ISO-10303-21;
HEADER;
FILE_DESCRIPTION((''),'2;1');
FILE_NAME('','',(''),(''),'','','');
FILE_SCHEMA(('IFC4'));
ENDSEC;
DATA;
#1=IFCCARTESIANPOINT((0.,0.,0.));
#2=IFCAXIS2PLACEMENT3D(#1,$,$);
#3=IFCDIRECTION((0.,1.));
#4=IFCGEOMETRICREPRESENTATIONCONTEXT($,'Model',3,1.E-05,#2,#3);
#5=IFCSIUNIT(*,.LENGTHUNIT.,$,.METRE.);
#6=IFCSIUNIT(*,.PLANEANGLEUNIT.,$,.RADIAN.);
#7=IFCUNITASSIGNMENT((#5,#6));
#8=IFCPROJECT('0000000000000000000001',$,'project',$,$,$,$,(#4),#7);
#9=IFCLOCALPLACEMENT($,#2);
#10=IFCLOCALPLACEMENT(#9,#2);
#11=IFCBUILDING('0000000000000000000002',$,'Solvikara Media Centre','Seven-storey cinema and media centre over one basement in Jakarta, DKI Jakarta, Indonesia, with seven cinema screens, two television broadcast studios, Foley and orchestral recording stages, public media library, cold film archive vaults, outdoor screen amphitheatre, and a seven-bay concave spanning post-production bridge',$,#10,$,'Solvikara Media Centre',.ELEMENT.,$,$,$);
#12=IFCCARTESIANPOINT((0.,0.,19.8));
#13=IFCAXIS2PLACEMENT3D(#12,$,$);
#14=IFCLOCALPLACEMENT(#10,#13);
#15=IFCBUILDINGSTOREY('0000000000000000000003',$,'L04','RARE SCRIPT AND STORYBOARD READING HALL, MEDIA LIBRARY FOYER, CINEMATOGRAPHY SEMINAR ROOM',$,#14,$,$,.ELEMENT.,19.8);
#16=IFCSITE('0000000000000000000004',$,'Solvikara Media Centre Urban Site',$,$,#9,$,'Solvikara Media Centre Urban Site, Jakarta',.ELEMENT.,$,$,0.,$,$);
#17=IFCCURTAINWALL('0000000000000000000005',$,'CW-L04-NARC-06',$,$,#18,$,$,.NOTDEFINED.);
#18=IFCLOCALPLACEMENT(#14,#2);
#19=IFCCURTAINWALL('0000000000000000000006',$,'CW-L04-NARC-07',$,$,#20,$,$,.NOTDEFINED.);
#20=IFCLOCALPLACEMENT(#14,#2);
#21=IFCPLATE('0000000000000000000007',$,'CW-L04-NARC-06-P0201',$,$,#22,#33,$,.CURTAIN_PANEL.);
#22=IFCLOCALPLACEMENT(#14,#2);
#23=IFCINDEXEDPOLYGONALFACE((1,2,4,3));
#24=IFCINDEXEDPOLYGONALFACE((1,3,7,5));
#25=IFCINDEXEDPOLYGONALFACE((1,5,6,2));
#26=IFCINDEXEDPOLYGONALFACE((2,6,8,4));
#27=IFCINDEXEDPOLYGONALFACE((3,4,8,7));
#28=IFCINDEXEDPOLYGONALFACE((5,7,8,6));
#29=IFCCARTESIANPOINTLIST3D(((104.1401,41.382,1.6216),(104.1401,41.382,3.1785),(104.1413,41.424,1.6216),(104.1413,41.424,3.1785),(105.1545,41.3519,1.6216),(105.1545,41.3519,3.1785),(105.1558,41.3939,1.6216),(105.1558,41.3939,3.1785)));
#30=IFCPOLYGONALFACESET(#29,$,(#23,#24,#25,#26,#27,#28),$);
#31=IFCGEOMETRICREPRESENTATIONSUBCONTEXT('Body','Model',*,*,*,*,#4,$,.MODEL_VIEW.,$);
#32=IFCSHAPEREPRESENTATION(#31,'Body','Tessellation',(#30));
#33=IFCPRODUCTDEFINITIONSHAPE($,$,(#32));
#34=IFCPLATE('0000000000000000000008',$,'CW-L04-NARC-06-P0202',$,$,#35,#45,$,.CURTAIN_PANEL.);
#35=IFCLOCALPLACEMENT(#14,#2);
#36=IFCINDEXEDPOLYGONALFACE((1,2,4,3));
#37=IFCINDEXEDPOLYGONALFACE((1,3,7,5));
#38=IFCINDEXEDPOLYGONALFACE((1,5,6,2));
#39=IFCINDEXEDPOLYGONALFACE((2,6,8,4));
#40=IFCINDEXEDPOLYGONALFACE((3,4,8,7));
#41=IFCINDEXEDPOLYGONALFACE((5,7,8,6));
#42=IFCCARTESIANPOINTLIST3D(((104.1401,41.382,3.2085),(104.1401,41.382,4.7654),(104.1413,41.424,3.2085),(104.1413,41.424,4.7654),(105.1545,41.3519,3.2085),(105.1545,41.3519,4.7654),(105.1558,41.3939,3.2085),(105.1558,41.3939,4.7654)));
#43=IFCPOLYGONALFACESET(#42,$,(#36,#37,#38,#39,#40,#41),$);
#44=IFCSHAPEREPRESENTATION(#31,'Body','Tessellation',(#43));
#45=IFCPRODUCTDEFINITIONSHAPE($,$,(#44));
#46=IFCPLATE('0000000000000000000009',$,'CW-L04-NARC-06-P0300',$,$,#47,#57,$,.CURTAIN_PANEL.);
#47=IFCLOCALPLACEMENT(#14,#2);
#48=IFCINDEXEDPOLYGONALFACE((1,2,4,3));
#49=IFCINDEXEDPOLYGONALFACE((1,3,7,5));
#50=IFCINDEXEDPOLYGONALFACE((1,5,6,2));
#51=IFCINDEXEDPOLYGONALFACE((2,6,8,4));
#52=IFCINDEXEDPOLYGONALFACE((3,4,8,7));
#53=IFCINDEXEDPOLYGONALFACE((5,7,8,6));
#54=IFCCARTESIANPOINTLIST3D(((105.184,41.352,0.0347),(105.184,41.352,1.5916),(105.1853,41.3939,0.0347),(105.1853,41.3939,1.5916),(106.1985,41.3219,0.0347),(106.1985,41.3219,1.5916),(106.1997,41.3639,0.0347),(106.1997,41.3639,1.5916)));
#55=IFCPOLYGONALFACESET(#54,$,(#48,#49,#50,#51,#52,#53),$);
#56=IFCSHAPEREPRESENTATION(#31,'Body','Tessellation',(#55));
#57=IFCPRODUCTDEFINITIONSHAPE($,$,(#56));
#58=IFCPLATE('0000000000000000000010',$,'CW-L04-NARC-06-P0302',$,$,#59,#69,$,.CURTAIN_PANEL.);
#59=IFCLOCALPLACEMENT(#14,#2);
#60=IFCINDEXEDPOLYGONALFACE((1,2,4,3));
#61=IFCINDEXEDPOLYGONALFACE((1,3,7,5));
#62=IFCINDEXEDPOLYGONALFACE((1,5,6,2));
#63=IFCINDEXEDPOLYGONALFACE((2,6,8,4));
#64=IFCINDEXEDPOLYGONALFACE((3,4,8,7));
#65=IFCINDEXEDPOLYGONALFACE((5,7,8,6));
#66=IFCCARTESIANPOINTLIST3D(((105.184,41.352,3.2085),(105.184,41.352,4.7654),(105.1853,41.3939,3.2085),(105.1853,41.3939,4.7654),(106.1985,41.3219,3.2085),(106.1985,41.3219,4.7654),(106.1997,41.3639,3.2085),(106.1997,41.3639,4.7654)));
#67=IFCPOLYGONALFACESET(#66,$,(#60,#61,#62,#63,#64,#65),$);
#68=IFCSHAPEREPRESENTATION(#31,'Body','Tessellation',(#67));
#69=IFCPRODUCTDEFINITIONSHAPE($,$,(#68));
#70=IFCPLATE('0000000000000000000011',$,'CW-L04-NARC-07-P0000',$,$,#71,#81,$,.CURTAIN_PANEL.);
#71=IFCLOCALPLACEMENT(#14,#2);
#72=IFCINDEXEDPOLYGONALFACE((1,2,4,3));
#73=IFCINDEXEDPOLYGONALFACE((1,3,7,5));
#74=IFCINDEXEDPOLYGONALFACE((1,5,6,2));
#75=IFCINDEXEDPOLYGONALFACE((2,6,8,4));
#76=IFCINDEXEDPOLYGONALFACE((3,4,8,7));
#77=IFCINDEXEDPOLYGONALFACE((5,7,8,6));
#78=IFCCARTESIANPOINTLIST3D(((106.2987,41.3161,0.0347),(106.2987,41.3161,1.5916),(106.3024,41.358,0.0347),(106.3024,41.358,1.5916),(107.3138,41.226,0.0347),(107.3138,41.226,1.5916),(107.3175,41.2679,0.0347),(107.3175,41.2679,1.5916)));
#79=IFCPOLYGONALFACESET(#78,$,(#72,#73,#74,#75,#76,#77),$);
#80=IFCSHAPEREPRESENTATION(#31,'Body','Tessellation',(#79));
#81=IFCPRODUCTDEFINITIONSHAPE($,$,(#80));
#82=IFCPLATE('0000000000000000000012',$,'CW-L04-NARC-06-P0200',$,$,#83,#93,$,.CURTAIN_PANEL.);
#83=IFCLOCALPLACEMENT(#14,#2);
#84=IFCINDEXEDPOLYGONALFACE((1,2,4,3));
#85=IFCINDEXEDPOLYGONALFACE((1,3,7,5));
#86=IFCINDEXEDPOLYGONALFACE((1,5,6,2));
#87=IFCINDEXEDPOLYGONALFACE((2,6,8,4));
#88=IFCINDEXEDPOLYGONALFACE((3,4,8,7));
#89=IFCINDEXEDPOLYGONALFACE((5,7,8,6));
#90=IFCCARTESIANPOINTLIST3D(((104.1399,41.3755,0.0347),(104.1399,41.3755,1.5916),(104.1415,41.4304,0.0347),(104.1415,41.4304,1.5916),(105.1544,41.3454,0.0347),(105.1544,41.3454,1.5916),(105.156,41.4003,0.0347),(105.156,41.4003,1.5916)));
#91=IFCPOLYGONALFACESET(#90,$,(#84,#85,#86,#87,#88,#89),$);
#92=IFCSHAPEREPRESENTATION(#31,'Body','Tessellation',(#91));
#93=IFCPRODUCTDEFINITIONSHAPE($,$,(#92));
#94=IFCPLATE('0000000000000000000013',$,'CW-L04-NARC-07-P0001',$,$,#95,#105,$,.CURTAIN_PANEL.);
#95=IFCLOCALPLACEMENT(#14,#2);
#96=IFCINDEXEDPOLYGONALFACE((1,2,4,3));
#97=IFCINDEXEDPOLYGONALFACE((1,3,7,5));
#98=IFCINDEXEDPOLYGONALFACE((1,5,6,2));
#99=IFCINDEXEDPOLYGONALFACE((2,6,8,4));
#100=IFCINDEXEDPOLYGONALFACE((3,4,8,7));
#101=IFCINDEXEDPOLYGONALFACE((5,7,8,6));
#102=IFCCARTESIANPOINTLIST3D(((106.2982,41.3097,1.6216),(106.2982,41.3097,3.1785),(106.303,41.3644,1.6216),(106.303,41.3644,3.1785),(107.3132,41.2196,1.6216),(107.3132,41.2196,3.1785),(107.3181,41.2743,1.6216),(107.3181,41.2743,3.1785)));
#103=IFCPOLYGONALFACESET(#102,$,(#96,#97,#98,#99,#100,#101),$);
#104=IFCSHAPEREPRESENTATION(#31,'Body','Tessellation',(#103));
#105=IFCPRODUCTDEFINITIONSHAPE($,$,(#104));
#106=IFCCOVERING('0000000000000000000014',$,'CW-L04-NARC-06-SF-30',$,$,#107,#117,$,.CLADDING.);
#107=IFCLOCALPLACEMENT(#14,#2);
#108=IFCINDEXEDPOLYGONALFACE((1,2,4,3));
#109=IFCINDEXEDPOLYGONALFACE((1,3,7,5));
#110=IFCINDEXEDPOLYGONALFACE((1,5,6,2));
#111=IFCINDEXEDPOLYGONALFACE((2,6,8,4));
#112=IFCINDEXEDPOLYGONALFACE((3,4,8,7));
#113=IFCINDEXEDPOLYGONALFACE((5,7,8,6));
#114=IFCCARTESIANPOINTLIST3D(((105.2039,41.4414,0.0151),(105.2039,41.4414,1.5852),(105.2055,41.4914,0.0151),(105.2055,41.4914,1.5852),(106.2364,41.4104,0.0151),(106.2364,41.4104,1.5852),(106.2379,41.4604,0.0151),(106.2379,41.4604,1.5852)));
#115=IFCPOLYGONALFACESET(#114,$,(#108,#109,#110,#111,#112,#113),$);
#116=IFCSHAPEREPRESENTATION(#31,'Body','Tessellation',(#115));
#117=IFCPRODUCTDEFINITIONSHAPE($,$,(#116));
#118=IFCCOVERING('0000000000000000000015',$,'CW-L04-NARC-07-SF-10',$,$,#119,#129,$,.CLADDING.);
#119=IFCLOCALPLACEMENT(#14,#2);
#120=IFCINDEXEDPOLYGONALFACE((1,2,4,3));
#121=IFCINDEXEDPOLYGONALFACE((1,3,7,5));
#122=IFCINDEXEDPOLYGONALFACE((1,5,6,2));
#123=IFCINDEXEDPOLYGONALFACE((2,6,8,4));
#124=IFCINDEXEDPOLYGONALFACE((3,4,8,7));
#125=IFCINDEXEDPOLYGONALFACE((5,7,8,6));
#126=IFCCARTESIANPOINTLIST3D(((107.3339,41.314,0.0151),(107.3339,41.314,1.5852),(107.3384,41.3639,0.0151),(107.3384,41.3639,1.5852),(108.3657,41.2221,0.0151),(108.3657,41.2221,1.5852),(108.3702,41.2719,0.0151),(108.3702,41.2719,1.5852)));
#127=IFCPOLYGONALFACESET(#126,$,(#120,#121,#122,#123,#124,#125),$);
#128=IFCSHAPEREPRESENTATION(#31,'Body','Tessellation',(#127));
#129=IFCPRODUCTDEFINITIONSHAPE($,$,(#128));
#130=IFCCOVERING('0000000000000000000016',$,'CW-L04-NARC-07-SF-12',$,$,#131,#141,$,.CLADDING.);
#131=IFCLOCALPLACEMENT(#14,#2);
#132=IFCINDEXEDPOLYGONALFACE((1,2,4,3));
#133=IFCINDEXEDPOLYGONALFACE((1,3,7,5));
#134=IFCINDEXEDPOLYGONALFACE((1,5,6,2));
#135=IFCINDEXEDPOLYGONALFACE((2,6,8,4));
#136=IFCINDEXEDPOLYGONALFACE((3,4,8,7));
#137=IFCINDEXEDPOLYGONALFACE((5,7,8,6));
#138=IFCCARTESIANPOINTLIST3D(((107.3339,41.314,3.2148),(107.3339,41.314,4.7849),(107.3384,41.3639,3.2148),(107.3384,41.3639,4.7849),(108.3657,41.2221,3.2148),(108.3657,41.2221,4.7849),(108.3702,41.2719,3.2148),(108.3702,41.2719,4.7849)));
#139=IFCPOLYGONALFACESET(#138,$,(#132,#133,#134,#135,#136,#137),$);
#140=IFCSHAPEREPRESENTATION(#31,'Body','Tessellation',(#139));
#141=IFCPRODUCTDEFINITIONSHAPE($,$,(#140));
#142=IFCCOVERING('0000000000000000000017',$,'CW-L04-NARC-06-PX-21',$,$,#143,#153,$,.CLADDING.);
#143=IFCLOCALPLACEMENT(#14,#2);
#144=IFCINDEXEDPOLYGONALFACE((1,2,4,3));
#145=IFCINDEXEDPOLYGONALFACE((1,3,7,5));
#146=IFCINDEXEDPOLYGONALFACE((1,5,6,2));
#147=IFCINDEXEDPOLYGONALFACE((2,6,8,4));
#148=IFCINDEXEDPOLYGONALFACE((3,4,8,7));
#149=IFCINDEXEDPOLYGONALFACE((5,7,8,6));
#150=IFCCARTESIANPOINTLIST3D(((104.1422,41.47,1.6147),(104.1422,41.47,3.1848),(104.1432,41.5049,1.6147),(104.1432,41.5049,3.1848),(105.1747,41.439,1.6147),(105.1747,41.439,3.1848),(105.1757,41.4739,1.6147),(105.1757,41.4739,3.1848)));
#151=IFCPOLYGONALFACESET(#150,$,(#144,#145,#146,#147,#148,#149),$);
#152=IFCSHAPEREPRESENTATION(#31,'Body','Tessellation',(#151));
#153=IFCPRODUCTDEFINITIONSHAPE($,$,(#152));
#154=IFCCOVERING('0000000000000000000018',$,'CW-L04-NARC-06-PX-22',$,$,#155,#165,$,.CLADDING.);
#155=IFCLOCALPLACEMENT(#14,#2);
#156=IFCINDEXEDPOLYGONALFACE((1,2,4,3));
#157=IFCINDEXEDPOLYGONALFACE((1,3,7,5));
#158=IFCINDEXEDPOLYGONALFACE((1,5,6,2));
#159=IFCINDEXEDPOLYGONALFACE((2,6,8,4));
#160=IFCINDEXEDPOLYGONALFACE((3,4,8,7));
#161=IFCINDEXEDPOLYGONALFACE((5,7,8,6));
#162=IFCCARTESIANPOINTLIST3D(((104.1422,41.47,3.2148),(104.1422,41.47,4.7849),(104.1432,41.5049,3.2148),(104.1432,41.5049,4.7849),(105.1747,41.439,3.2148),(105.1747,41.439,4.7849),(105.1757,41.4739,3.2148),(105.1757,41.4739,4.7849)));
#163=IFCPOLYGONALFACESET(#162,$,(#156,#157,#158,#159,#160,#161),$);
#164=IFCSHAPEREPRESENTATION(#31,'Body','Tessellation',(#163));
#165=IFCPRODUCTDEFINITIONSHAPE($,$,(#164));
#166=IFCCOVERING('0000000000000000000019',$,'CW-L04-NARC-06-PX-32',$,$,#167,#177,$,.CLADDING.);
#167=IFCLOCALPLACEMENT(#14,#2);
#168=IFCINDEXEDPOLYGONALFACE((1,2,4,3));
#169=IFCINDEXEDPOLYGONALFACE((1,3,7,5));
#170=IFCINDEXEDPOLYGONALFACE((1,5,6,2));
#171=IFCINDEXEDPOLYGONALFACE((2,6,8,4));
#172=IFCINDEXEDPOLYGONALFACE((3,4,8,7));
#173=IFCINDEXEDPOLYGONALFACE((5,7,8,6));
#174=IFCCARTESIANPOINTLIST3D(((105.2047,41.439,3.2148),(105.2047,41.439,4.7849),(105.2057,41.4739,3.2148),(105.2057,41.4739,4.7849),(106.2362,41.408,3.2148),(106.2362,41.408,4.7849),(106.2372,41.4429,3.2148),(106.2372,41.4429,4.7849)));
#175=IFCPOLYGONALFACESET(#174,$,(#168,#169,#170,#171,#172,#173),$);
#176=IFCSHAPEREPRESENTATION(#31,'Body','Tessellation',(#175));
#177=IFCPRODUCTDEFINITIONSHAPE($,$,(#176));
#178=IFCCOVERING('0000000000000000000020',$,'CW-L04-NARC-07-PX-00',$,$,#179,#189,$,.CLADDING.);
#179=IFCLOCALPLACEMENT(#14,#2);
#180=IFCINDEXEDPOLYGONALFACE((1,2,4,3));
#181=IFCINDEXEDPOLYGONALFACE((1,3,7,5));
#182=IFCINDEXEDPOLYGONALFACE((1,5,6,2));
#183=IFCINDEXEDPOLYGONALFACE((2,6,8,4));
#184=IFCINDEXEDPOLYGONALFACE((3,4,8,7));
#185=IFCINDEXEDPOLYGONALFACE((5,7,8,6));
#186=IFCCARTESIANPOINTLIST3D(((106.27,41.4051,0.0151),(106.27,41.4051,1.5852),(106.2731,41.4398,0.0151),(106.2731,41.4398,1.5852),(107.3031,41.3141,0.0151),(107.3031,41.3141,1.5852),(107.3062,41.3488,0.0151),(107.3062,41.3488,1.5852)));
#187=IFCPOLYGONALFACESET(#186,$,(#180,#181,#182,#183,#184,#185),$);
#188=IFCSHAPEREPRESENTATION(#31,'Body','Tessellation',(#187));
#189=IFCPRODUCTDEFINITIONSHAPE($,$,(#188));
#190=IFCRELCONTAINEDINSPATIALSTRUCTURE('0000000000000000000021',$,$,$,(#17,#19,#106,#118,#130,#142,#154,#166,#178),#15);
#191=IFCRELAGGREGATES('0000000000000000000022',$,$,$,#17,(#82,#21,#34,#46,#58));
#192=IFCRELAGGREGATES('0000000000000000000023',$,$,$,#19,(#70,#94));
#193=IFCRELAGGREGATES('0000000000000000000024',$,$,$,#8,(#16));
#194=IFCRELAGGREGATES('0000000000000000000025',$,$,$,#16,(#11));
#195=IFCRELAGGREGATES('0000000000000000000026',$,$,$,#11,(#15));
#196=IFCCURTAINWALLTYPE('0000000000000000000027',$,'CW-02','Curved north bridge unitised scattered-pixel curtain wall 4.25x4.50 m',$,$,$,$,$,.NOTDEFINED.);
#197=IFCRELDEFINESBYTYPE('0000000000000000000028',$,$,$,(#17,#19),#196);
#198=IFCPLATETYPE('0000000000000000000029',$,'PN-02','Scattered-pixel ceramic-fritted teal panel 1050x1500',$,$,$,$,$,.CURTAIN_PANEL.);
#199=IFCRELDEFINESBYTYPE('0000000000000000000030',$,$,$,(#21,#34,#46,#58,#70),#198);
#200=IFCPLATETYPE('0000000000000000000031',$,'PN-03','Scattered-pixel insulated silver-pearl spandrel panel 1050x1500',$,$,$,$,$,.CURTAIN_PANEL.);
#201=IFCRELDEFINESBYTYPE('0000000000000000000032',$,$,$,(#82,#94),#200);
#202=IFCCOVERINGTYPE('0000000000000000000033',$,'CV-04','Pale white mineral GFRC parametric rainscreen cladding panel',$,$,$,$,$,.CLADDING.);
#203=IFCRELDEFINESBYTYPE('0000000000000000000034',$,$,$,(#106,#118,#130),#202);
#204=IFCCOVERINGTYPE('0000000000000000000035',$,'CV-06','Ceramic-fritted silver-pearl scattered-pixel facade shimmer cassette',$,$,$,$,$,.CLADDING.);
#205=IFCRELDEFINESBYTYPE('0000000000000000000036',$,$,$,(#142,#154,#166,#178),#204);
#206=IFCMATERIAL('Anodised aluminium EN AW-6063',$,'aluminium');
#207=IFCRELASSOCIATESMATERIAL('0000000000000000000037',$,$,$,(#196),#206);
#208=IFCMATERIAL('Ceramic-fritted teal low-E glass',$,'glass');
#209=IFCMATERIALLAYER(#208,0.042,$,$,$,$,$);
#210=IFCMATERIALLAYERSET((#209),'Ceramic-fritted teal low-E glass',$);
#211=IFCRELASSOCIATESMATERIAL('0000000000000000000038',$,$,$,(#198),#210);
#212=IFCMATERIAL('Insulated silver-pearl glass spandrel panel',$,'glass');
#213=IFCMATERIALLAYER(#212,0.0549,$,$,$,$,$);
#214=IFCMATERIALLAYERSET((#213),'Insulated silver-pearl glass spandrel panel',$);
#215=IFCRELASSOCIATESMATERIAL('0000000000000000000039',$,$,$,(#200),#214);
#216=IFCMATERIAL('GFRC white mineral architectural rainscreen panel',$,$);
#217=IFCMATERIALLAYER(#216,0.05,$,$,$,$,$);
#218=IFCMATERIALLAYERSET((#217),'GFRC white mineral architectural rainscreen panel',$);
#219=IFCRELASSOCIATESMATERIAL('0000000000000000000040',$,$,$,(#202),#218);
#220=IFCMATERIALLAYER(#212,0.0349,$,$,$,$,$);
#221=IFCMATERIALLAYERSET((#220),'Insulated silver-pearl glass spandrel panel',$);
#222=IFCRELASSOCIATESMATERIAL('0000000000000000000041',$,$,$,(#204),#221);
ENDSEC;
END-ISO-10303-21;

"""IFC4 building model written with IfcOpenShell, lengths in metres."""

from ifc_helpers import new_model, si_unit, direction, frame, origin, origin_2d, place, context, subcontext, project, spatial, rectangle, extrude, material, layer, layer_set, type_object, element, aggregate, save


model = new_model("IFC4")

# Units and contexts
model_context = context("Model", 3, precision=1e-05, world=origin(), true_north=direction((0.0, 1.0)))
body_context = subcontext(model_context, "Body", "Model", "MODEL_VIEW")
ifc_project = project(units=[si_unit("LENGTHUNIT", "METRE"), si_unit("PLANEANGLEUNIT", "RADIAN")], contexts=[model_context])

# Site, building, storey
site_placement = place(None, origin())
site = spatial("IfcSite", under=ifc_project, at=site_placement, Name="Solvikara Media Centre Urban Site", LongName="Solvikara Media Centre Urban Site, Jakarta", CompositionType="ELEMENT", RefElevation=0.0)
building_placement = place(site_placement, origin())
building = spatial("IfcBuilding", under=site, at=building_placement, Name="Solvikara Media Centre", Description="Seven-storey cinema and media centre over one basement in Jakarta, DKI Jakarta, Indonesia, with seven cinema screens, two television broadcast studios, Foley and orchestral recording stages, public media library, cold film archive vaults, outdoor screen amphitheatre, and a seven-bay concave spanning post-production bridge", LongName="Solvikara Media Centre", CompositionType="ELEMENT")
storey_placement = place(building_placement, frame((0.0, 0.0, 19.8)))
storey = spatial("IfcBuildingStorey", under=building, at=storey_placement, Name="L04", Description="RARE SCRIPT AND STORYBOARD READING HALL, MEDIA LIBRARY FOYER, CINEMATOGRAPHY SEMINAR ROOM", CompositionType="ELEMENT", Elevation=19.8)

# Curtain walls
ifc_material_1 = material(Name="Anodised aluminium EN AW-6063", Category="aluminium")
curtain_wall_type = type_object("IfcCurtainWallType", Name="CW-02", Description="Curved north bridge unitised scattered-pixel curtain wall 4.25x4.50 m", PredefinedType="NOTDEFINED", material=ifc_material_1)
curtain_wall_1_placement = place(storey_placement, origin())
curtain_wall_1 = element("IfcCurtainWall", 1, at=curtain_wall_1_placement, inside=storey, type_object=curtain_wall_type, Name="CW-L04-NARC-06", PredefinedType="NOTDEFINED")
curtain_wall_2_placement = place(storey_placement, origin())
curtain_wall_2 = element("IfcCurtainWall", 2, at=curtain_wall_2_placement, inside=storey, type_object=curtain_wall_type, Name="CW-L04-NARC-07", PredefinedType="NOTDEFINED")

# Plates
ifc_material_2 = material(Name="Ceramic-fritted teal low-E glass", Category="glass")
ifc_layer_1 = layer(ifc_material_2, 0.042)
ifc_layer_set_1 = layer_set([ifc_layer_1], Name="Ceramic-fritted teal low-E glass")
plate_type_1 = type_object("IfcPlateType", Name="PN-02", Description="Scattered-pixel ceramic-fritted teal panel 1050x1500", PredefinedType="CURTAIN_PANEL", material=ifc_layer_set_1)
plate_1_placement = place(storey_placement, frame((104.6479, 41.3879, 1.6216), z_axis=(0.0, 0.0, 1.0), x_axis=(0.99956, -0.029649, 0.0)))
plate_1 = element("IfcPlate", 3, at=plate_1_placement, type_object=plate_type_1, Name="CW-L04-NARC-06-P0201", PredefinedType="CURTAIN_PANEL", context=body_context, shape_type="SweptSolid", body=[
    extrude(rectangle(XDim=1.0149, YDim=0.042, at=origin_2d()), origin(), (0.0, 0.0, 1.0), 1.5569),
])
plate_2_placement = place(storey_placement, frame((104.6479, 41.3879, 3.2085), z_axis=(0.0, 0.0, 1.0), x_axis=(0.99956, -0.029649, 0.0)))
plate_2 = element("IfcPlate", 4, at=plate_2_placement, type_object=plate_type_1, Name="CW-L04-NARC-06-P0202", PredefinedType="CURTAIN_PANEL", context=body_context, shape_type="SweptSolid", body=[
    extrude(rectangle(XDim=1.0149, YDim=0.042, at=origin_2d()), origin(), (0.0, 0.0, 1.0), 1.5569),
])
plate_3_placement = place(storey_placement, frame((105.6919, 41.3579, 0.0347), z_axis=(0.0, 0.0, 1.0), x_axis=(0.99956, -0.029649, 0.0)))
plate_3 = element("IfcPlate", 5, at=plate_3_placement, type_object=plate_type_1, Name="CW-L04-NARC-06-P0300", PredefinedType="CURTAIN_PANEL", context=body_context, shape_type="SweptSolid", body=[
    extrude(rectangle(XDim=1.0149, YDim=0.042, at=origin_2d()), origin(), (0.0, 0.0, 1.0), 1.5569),
])
plate_4_placement = place(storey_placement, frame((105.6919, 41.3579, 3.2085), z_axis=(0.0, 0.0, 1.0), x_axis=(0.99956, -0.029649, 0.0)))
plate_4 = element("IfcPlate", 6, at=plate_4_placement, type_object=plate_type_1, Name="CW-L04-NARC-06-P0302", PredefinedType="CURTAIN_PANEL", context=body_context, shape_type="SweptSolid", body=[
    extrude(rectangle(XDim=1.0149, YDim=0.042, at=origin_2d()), origin(), (0.0, 0.0, 1.0), 1.5569),
])
plate_5_placement = place(storey_placement, frame((106.8081, 41.292, 0.0347), z_axis=(0.0, 0.0, 1.0), x_axis=(0.996084, -0.088408, 0.0)))
plate_5 = element("IfcPlate", 7, at=plate_5_placement, type_object=plate_type_1, Name="CW-L04-NARC-07-P0000", PredefinedType="CURTAIN_PANEL", context=body_context, shape_type="SweptSolid", body=[
    extrude(rectangle(XDim=1.019, YDim=0.042, at=origin_2d()), origin(), (0.0, 0.0, 1.0), 1.5569),
])
ifc_material_3 = material(Name="Insulated silver-pearl glass spandrel panel", Category="glass")
ifc_layer_2 = layer(ifc_material_3, 0.0549)
ifc_layer_set_2 = layer_set([ifc_layer_2], Name="Insulated silver-pearl glass spandrel panel")
plate_type_2 = type_object("IfcPlateType", Name="PN-03", Description="Scattered-pixel insulated silver-pearl spandrel panel 1050x1500", PredefinedType="CURTAIN_PANEL", material=ifc_layer_set_2)
plate_6_placement = place(storey_placement, frame((104.6479, 41.3879, 0.0347), z_axis=(0.0, 0.0, 1.0), x_axis=(0.99956, -0.029649, 0.0)))
plate_6 = element("IfcPlate", 8, at=plate_6_placement, type_object=plate_type_2, Name="CW-L04-NARC-06-P0200", PredefinedType="CURTAIN_PANEL", context=body_context, shape_type="SweptSolid", body=[
    extrude(rectangle(XDim=1.0149, YDim=0.0549, at=origin_2d()), origin(), (0.0, 0.0, 1.0), 1.5569),
])
aggregate(curtain_wall_1, [plate_6, plate_1, plate_2, plate_3, plate_4])
plate_7_placement = place(storey_placement, frame((106.8081, 41.292, 1.6216), z_axis=(0.0, 0.0, 1.0), x_axis=(0.996084, -0.088408, 0.0)))
plate_7 = element("IfcPlate", 9, at=plate_7_placement, type_object=plate_type_2, Name="CW-L04-NARC-07-P0001", PredefinedType="CURTAIN_PANEL", context=body_context, shape_type="SweptSolid", body=[
    extrude(rectangle(XDim=1.019, YDim=0.0549, at=origin_2d()), origin(), (0.0, 0.0, 1.0), 1.5569),
])
aggregate(curtain_wall_2, [plate_5, plate_7])

# Coverings
ifc_material_4 = material(Name="GFRC white mineral architectural rainscreen panel")
ifc_layer_3 = layer(ifc_material_4, 0.05)
ifc_layer_set_3 = layer_set([ifc_layer_3], Name="GFRC white mineral architectural rainscreen panel")
covering_type_1 = type_object("IfcCoveringType", Name="CV-04", Description="Pale white mineral GFRC parametric rainscreen cladding panel", PredefinedType="CLADDING", material=ifc_layer_set_3)
covering_1_placement = place(storey_placement, frame((105.7209, 41.4509, 0.0151), z_axis=(0.0, 0.0, 1.0), x_axis=(0.99955, -0.029998, 0.0)))
element("IfcCovering", 10, at=covering_1_placement, inside=storey, type_object=covering_type_1, Name="CW-L04-NARC-06-SF-30", PredefinedType="CLADDING", context=body_context, shape_type="SweptSolid", body=[
    extrude(rectangle(XDim=1.033, YDim=0.05, at=origin_2d()), origin(), (0.0, 0.0, 1.0), 1.5701),
])
for number, where, z_axis, x_axis, name in (
    (11, (107.8521, 41.293, 0.0151), (0.0, 0.0, 1.0), (0.99605, -0.08879, 0.0), "CW-L04-NARC-07-SF-10"),
    (12, (107.8521, 41.293, 3.2148), (0.0, 0.0, 1.0), (0.99605, -0.08879, 0.0), "CW-L04-NARC-07-SF-12"),
):
    element("IfcCovering", number, at=place(storey_placement, frame(where, z_axis=z_axis, x_axis=x_axis)), inside=storey, type_object=covering_type_1, Name=name, PredefinedType="CLADDING", context=body_context, shape_type="SweptSolid", body=[
        extrude(rectangle(XDim=1.0359, YDim=0.05, at=origin_2d()), origin(), (0.0, 0.0, 1.0), 1.5701),
    ])
ifc_layer_4 = layer(ifc_material_3, 0.0349)
ifc_layer_set_4 = layer_set([ifc_layer_4], Name="Insulated silver-pearl glass spandrel panel")
covering_type_2 = type_object("IfcCoveringType", Name="CV-06", Description="Ceramic-fritted silver-pearl scattered-pixel facade shimmer cassette", PredefinedType="CLADDING", material=ifc_layer_set_4)
for number, where, z_axis, x_axis, name in (
    (13, (104.6589, 41.4719, 1.6147), (0.0, 0.0, 1.0), (0.99955, -0.029998, 0.0), "CW-L04-NARC-06-PX-21"),
    (14, (104.6589, 41.4719, 3.2148), (0.0, 0.0, 1.0), (0.99955, -0.029998, 0.0), "CW-L04-NARC-06-PX-22"),
):
    element("IfcCovering", number, at=place(storey_placement, frame(where, z_axis=z_axis, x_axis=x_axis)), inside=storey, type_object=covering_type_2, Name=name, PredefinedType="CLADDING", context=body_context, shape_type="SweptSolid", body=[
        extrude(rectangle(XDim=1.033, YDim=0.0349, at=origin_2d()), origin(), (0.0, 0.0, 1.0), 1.5701),
    ])
covering_2_placement = place(storey_placement, frame((105.7209, 41.4409, 3.2148), z_axis=(0.0, 0.0, 1.0), x_axis=(0.999549, -0.030033, 0.0)))
element("IfcCovering", 15, at=covering_2_placement, inside=storey, type_object=covering_type_2, Name="CW-L04-NARC-06-PX-32", PredefinedType="CLADDING", context=body_context, shape_type="SweptSolid", body=[
    extrude(rectangle(XDim=1.032, YDim=0.0349, at=origin_2d()), origin(), (0.0, 0.0, 1.0), 1.5701),
])
covering_3_placement = place(storey_placement, frame((106.7881, 41.377, 0.0151), z_axis=(0.0, 0.0, 1.0), x_axis=(0.996143, -0.087747, 0.0)))
element("IfcCovering", 16, at=covering_3_placement, inside=storey, type_object=covering_type_2, Name="CW-L04-NARC-07-PX-00", PredefinedType="CLADDING", context=body_context, shape_type="SweptSolid", body=[
    extrude(rectangle(XDim=1.0371, YDim=0.0349, at=origin_2d()), origin(), (0.0, 0.0, 1.0), 1.5701),
])

save(model, "model.ifc")
